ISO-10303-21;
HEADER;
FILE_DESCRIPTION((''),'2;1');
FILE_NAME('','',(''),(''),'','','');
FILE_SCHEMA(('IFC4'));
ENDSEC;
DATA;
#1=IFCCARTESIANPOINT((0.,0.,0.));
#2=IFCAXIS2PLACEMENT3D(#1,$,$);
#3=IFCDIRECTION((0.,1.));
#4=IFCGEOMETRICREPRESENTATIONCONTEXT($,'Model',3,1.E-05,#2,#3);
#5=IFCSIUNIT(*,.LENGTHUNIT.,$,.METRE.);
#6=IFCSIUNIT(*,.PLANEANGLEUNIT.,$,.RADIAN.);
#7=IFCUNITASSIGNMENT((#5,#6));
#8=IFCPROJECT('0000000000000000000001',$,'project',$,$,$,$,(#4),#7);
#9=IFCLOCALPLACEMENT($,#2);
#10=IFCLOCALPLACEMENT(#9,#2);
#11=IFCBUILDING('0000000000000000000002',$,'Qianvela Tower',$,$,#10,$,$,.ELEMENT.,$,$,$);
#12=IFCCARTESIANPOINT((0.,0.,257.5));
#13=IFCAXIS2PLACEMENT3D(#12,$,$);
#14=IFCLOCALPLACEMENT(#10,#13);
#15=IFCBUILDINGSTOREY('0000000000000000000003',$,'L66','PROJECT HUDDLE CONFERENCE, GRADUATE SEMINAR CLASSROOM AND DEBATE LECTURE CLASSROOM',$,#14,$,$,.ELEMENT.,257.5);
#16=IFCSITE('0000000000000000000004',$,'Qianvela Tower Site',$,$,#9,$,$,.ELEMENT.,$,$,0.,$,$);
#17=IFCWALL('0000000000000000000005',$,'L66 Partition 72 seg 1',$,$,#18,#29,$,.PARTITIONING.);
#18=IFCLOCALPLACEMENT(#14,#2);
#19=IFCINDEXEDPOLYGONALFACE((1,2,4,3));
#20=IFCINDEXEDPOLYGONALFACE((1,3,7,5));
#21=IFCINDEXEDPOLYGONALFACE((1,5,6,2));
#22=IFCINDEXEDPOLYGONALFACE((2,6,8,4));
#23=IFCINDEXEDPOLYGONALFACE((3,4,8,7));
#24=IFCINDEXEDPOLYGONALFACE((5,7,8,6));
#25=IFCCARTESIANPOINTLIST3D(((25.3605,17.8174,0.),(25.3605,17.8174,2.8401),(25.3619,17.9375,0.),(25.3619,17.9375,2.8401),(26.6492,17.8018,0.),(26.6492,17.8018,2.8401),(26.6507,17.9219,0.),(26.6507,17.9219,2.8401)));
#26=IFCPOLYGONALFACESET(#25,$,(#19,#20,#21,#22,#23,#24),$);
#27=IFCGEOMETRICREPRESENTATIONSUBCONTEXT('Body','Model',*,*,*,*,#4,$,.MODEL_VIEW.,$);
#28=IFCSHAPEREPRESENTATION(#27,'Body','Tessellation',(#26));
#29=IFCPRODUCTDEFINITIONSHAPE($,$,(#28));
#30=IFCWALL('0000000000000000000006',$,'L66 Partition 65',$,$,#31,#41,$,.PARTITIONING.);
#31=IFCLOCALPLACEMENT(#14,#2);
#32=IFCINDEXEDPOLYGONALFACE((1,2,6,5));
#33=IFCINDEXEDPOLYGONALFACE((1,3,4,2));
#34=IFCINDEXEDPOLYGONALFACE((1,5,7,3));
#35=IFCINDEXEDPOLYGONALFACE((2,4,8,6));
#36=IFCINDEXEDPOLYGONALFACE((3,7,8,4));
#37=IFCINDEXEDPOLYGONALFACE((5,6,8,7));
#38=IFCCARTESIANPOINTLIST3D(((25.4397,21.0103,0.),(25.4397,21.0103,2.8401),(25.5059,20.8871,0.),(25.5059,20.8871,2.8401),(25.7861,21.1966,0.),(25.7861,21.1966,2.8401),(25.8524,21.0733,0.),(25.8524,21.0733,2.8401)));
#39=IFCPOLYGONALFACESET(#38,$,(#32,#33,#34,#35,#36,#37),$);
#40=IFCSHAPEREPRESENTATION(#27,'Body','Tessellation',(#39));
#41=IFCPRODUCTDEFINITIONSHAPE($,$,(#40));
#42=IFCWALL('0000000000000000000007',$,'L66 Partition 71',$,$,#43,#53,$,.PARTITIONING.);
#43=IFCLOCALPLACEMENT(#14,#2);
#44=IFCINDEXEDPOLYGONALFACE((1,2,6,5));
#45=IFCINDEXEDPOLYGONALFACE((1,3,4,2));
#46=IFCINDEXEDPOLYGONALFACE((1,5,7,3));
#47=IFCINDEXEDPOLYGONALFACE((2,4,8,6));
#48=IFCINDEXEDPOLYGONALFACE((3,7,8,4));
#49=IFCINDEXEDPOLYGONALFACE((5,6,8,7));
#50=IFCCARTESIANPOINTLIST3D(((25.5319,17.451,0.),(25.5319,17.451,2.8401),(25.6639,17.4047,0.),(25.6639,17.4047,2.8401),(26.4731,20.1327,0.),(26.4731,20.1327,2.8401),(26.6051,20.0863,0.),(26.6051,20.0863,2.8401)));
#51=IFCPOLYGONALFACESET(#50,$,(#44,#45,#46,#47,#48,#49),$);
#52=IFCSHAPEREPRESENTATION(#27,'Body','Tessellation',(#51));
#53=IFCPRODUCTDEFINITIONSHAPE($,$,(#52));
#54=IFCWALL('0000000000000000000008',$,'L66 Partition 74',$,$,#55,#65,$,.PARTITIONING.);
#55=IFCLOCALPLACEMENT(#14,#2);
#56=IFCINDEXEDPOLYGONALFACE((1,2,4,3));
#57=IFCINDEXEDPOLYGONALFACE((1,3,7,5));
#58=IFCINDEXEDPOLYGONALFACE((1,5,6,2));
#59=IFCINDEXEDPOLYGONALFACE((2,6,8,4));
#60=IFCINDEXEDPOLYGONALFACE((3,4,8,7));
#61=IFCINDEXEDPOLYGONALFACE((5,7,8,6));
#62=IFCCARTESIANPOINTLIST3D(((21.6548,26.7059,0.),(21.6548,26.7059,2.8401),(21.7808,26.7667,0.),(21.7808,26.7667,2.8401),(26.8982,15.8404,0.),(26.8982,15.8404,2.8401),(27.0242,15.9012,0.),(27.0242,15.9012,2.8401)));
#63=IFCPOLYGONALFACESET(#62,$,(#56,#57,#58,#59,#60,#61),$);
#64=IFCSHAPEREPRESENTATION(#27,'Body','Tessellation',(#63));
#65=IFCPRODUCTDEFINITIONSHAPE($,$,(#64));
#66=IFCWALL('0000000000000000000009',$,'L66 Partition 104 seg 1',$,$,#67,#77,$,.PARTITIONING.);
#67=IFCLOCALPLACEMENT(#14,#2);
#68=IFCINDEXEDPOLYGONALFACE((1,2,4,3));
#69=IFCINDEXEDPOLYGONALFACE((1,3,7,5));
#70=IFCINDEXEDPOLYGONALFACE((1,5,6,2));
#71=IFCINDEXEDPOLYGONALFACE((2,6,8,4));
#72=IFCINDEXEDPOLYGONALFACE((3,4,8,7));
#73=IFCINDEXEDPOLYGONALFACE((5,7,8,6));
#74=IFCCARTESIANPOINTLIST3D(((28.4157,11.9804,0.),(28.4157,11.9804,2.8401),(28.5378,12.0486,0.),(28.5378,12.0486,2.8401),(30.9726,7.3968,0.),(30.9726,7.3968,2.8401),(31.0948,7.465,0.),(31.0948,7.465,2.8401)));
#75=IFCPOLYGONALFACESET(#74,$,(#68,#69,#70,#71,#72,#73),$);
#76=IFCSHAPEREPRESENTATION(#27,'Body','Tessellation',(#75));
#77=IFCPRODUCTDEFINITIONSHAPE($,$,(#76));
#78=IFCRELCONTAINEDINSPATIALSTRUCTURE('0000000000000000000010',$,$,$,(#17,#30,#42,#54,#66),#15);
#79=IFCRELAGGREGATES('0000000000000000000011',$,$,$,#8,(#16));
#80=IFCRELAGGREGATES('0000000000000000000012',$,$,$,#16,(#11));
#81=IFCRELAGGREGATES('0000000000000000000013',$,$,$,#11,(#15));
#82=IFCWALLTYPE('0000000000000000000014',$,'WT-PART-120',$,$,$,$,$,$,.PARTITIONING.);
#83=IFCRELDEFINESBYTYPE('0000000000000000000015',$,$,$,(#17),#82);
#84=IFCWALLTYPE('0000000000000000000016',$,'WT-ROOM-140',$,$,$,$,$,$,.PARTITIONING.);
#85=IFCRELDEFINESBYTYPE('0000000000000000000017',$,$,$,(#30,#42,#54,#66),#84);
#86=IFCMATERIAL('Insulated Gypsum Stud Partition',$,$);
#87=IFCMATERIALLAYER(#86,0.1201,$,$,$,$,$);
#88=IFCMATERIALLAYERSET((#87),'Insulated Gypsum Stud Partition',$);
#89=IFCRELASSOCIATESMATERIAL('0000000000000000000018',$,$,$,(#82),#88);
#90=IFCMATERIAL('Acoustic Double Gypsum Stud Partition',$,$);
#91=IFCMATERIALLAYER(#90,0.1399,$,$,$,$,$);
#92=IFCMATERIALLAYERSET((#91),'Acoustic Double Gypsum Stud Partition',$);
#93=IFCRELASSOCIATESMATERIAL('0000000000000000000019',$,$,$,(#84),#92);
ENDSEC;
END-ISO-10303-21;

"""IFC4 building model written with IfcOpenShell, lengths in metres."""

from ifc_helpers import new_model, si_unit, direction, frame, frame_2d, origin, place, context, subcontext, project, spatial, rectangle, extrude, material, layer, layer_set, type_object, element, save


model = new_model("IFC4")

# Units and contexts
model_context = context("Model", 3, precision=1e-05, world=origin(), true_north=direction((0.0, 1.0)))
body_context = subcontext(model_context, "Body", "Model", "MODEL_VIEW")
ifc_project = project(units=[si_unit("LENGTHUNIT", "METRE"), si_unit("PLANEANGLEUNIT", "RADIAN")], contexts=[model_context])

# Site, building, storey
site_placement = place(None, origin())
site = spatial("IfcSite", under=ifc_project, at=site_placement, Name="Qianvela Tower Site", CompositionType="ELEMENT", RefElevation=0.0)
building_placement = place(site_placement, origin())
building = spatial("IfcBuilding", under=site, at=building_placement, Name="Qianvela Tower", CompositionType="ELEMENT")
storey_placement = place(building_placement, frame((0.0, 0.0, 257.5)))
storey = spatial("IfcBuildingStorey", under=building, at=storey_placement, Name="L66", Description="PROJECT HUDDLE CONFERENCE, GRADUATE SEMINAR CLASSROOM AND DEBATE LECTURE CLASSROOM", CompositionType="ELEMENT", Elevation=257.5)

# Walls
ifc_material_1 = material(Name="Insulated Gypsum Stud Partition")
ifc_layer_1 = layer(ifc_material_1, 0.1201)
ifc_layer_set_1 = layer_set([ifc_layer_1], Name="Insulated Gypsum Stud Partition")
wall_type_1 = type_object("IfcWallType", Name="WT-PART-120", PredefinedType="PARTITIONING", material=ifc_layer_set_1)
wall_1_placement = place(storey_placement, frame((25.3611, 17.8774, 0.0), z_axis=(0.0, 0.0, 1.0), x_axis=(0.999927, -0.012123, 0.0)))
element("IfcWall", 1, at=wall_1_placement, inside=storey, type_object=wall_type_1, Name="L66 Partition 72 seg 1", PredefinedType="PARTITIONING", context=body_context, shape_type="SweptSolid", body=[
    extrude(rectangle(XDim=1.2888, YDim=0.1201, at=frame_2d((0.6445, 0.0))), origin(), (0.0, 0.0, 1.0), 2.8401),
])
ifc_material_2 = material(Name="Acoustic Double Gypsum Stud Partition")
ifc_layer_2 = layer(ifc_material_2, 0.1399)
ifc_layer_set_2 = layer_set([ifc_layer_2], Name="Acoustic Double Gypsum Stud Partition")
wall_type_2 = type_object("IfcWallType", Name="WT-ROOM-140", PredefinedType="PARTITIONING", material=ifc_layer_set_2)
wall_2_placement = place(storey_placement, frame((25.8193, 21.135, 0.0), z_axis=(0.0, 0.0, 1.0), x_axis=(-0.88075, -0.473582, 0.0)))
element("IfcWall", 2, at=wall_2_placement, inside=storey, type_object=wall_type_2, Name="L66 Partition 65", PredefinedType="PARTITIONING", context=body_context, shape_type="SweptSolid", body=[
    extrude(rectangle(XDim=0.3933, YDim=0.1399, at=frame_2d((0.1968, 0.0))), origin(), (0.0, 0.0, 1.0), 2.8401),
])
wall_3_placement = place(storey_placement, frame((26.5391, 20.1094, 0.0), z_axis=(0.0, 0.0, 1.0), x_axis=(-0.331162, -0.943574, 0.0)))
element("IfcWall", 3, at=wall_3_placement, inside=storey, type_object=wall_type_2, Name="L66 Partition 71", PredefinedType="PARTITIONING", context=body_context, shape_type="SweptSolid", body=[
    extrude(rectangle(XDim=2.842, YDim=0.1399, at=frame_2d((1.4209, 0.0))), origin(), (0.0, 0.0, 1.0), 2.8401),
])
wall_4_placement = place(storey_placement, frame((26.9612, 15.8708, 0.0), z_axis=(0.0, 0.0, 1.0), x_axis=(-0.434615, 0.900616, 0.0)))
element("IfcWall", 4, at=wall_4_placement, inside=storey, type_object=wall_type_2, Name="L66 Partition 74", PredefinedType="PARTITIONING", context=body_context, shape_type="SweptSolid", body=[
    extrude(rectangle(XDim=12.0645, YDim=0.1399, at=frame_2d((6.0322, 0.0))), origin(), (0.0, 0.0, 1.0), 2.8401),
])
wall_5_placement = place(storey_placement, frame((31.0337, 7.4309, 0.0), z_axis=(0.0, 0.0, 1.0), x_axis=(-0.487171, 0.873307, 0.0)))
element("IfcWall", 5, at=wall_5_placement, inside=storey, type_object=wall_type_2, Name="L66 Partition 104 seg 1", PredefinedType="PARTITIONING", context=body_context, shape_type="SweptSolid", body=[
    extrude(rectangle(XDim=5.2485, YDim=0.1399, at=frame_2d((2.6243, 0.0))), origin(), (0.0, 0.0, 1.0), 2.8401),
])

save(model, "model.ifc")
